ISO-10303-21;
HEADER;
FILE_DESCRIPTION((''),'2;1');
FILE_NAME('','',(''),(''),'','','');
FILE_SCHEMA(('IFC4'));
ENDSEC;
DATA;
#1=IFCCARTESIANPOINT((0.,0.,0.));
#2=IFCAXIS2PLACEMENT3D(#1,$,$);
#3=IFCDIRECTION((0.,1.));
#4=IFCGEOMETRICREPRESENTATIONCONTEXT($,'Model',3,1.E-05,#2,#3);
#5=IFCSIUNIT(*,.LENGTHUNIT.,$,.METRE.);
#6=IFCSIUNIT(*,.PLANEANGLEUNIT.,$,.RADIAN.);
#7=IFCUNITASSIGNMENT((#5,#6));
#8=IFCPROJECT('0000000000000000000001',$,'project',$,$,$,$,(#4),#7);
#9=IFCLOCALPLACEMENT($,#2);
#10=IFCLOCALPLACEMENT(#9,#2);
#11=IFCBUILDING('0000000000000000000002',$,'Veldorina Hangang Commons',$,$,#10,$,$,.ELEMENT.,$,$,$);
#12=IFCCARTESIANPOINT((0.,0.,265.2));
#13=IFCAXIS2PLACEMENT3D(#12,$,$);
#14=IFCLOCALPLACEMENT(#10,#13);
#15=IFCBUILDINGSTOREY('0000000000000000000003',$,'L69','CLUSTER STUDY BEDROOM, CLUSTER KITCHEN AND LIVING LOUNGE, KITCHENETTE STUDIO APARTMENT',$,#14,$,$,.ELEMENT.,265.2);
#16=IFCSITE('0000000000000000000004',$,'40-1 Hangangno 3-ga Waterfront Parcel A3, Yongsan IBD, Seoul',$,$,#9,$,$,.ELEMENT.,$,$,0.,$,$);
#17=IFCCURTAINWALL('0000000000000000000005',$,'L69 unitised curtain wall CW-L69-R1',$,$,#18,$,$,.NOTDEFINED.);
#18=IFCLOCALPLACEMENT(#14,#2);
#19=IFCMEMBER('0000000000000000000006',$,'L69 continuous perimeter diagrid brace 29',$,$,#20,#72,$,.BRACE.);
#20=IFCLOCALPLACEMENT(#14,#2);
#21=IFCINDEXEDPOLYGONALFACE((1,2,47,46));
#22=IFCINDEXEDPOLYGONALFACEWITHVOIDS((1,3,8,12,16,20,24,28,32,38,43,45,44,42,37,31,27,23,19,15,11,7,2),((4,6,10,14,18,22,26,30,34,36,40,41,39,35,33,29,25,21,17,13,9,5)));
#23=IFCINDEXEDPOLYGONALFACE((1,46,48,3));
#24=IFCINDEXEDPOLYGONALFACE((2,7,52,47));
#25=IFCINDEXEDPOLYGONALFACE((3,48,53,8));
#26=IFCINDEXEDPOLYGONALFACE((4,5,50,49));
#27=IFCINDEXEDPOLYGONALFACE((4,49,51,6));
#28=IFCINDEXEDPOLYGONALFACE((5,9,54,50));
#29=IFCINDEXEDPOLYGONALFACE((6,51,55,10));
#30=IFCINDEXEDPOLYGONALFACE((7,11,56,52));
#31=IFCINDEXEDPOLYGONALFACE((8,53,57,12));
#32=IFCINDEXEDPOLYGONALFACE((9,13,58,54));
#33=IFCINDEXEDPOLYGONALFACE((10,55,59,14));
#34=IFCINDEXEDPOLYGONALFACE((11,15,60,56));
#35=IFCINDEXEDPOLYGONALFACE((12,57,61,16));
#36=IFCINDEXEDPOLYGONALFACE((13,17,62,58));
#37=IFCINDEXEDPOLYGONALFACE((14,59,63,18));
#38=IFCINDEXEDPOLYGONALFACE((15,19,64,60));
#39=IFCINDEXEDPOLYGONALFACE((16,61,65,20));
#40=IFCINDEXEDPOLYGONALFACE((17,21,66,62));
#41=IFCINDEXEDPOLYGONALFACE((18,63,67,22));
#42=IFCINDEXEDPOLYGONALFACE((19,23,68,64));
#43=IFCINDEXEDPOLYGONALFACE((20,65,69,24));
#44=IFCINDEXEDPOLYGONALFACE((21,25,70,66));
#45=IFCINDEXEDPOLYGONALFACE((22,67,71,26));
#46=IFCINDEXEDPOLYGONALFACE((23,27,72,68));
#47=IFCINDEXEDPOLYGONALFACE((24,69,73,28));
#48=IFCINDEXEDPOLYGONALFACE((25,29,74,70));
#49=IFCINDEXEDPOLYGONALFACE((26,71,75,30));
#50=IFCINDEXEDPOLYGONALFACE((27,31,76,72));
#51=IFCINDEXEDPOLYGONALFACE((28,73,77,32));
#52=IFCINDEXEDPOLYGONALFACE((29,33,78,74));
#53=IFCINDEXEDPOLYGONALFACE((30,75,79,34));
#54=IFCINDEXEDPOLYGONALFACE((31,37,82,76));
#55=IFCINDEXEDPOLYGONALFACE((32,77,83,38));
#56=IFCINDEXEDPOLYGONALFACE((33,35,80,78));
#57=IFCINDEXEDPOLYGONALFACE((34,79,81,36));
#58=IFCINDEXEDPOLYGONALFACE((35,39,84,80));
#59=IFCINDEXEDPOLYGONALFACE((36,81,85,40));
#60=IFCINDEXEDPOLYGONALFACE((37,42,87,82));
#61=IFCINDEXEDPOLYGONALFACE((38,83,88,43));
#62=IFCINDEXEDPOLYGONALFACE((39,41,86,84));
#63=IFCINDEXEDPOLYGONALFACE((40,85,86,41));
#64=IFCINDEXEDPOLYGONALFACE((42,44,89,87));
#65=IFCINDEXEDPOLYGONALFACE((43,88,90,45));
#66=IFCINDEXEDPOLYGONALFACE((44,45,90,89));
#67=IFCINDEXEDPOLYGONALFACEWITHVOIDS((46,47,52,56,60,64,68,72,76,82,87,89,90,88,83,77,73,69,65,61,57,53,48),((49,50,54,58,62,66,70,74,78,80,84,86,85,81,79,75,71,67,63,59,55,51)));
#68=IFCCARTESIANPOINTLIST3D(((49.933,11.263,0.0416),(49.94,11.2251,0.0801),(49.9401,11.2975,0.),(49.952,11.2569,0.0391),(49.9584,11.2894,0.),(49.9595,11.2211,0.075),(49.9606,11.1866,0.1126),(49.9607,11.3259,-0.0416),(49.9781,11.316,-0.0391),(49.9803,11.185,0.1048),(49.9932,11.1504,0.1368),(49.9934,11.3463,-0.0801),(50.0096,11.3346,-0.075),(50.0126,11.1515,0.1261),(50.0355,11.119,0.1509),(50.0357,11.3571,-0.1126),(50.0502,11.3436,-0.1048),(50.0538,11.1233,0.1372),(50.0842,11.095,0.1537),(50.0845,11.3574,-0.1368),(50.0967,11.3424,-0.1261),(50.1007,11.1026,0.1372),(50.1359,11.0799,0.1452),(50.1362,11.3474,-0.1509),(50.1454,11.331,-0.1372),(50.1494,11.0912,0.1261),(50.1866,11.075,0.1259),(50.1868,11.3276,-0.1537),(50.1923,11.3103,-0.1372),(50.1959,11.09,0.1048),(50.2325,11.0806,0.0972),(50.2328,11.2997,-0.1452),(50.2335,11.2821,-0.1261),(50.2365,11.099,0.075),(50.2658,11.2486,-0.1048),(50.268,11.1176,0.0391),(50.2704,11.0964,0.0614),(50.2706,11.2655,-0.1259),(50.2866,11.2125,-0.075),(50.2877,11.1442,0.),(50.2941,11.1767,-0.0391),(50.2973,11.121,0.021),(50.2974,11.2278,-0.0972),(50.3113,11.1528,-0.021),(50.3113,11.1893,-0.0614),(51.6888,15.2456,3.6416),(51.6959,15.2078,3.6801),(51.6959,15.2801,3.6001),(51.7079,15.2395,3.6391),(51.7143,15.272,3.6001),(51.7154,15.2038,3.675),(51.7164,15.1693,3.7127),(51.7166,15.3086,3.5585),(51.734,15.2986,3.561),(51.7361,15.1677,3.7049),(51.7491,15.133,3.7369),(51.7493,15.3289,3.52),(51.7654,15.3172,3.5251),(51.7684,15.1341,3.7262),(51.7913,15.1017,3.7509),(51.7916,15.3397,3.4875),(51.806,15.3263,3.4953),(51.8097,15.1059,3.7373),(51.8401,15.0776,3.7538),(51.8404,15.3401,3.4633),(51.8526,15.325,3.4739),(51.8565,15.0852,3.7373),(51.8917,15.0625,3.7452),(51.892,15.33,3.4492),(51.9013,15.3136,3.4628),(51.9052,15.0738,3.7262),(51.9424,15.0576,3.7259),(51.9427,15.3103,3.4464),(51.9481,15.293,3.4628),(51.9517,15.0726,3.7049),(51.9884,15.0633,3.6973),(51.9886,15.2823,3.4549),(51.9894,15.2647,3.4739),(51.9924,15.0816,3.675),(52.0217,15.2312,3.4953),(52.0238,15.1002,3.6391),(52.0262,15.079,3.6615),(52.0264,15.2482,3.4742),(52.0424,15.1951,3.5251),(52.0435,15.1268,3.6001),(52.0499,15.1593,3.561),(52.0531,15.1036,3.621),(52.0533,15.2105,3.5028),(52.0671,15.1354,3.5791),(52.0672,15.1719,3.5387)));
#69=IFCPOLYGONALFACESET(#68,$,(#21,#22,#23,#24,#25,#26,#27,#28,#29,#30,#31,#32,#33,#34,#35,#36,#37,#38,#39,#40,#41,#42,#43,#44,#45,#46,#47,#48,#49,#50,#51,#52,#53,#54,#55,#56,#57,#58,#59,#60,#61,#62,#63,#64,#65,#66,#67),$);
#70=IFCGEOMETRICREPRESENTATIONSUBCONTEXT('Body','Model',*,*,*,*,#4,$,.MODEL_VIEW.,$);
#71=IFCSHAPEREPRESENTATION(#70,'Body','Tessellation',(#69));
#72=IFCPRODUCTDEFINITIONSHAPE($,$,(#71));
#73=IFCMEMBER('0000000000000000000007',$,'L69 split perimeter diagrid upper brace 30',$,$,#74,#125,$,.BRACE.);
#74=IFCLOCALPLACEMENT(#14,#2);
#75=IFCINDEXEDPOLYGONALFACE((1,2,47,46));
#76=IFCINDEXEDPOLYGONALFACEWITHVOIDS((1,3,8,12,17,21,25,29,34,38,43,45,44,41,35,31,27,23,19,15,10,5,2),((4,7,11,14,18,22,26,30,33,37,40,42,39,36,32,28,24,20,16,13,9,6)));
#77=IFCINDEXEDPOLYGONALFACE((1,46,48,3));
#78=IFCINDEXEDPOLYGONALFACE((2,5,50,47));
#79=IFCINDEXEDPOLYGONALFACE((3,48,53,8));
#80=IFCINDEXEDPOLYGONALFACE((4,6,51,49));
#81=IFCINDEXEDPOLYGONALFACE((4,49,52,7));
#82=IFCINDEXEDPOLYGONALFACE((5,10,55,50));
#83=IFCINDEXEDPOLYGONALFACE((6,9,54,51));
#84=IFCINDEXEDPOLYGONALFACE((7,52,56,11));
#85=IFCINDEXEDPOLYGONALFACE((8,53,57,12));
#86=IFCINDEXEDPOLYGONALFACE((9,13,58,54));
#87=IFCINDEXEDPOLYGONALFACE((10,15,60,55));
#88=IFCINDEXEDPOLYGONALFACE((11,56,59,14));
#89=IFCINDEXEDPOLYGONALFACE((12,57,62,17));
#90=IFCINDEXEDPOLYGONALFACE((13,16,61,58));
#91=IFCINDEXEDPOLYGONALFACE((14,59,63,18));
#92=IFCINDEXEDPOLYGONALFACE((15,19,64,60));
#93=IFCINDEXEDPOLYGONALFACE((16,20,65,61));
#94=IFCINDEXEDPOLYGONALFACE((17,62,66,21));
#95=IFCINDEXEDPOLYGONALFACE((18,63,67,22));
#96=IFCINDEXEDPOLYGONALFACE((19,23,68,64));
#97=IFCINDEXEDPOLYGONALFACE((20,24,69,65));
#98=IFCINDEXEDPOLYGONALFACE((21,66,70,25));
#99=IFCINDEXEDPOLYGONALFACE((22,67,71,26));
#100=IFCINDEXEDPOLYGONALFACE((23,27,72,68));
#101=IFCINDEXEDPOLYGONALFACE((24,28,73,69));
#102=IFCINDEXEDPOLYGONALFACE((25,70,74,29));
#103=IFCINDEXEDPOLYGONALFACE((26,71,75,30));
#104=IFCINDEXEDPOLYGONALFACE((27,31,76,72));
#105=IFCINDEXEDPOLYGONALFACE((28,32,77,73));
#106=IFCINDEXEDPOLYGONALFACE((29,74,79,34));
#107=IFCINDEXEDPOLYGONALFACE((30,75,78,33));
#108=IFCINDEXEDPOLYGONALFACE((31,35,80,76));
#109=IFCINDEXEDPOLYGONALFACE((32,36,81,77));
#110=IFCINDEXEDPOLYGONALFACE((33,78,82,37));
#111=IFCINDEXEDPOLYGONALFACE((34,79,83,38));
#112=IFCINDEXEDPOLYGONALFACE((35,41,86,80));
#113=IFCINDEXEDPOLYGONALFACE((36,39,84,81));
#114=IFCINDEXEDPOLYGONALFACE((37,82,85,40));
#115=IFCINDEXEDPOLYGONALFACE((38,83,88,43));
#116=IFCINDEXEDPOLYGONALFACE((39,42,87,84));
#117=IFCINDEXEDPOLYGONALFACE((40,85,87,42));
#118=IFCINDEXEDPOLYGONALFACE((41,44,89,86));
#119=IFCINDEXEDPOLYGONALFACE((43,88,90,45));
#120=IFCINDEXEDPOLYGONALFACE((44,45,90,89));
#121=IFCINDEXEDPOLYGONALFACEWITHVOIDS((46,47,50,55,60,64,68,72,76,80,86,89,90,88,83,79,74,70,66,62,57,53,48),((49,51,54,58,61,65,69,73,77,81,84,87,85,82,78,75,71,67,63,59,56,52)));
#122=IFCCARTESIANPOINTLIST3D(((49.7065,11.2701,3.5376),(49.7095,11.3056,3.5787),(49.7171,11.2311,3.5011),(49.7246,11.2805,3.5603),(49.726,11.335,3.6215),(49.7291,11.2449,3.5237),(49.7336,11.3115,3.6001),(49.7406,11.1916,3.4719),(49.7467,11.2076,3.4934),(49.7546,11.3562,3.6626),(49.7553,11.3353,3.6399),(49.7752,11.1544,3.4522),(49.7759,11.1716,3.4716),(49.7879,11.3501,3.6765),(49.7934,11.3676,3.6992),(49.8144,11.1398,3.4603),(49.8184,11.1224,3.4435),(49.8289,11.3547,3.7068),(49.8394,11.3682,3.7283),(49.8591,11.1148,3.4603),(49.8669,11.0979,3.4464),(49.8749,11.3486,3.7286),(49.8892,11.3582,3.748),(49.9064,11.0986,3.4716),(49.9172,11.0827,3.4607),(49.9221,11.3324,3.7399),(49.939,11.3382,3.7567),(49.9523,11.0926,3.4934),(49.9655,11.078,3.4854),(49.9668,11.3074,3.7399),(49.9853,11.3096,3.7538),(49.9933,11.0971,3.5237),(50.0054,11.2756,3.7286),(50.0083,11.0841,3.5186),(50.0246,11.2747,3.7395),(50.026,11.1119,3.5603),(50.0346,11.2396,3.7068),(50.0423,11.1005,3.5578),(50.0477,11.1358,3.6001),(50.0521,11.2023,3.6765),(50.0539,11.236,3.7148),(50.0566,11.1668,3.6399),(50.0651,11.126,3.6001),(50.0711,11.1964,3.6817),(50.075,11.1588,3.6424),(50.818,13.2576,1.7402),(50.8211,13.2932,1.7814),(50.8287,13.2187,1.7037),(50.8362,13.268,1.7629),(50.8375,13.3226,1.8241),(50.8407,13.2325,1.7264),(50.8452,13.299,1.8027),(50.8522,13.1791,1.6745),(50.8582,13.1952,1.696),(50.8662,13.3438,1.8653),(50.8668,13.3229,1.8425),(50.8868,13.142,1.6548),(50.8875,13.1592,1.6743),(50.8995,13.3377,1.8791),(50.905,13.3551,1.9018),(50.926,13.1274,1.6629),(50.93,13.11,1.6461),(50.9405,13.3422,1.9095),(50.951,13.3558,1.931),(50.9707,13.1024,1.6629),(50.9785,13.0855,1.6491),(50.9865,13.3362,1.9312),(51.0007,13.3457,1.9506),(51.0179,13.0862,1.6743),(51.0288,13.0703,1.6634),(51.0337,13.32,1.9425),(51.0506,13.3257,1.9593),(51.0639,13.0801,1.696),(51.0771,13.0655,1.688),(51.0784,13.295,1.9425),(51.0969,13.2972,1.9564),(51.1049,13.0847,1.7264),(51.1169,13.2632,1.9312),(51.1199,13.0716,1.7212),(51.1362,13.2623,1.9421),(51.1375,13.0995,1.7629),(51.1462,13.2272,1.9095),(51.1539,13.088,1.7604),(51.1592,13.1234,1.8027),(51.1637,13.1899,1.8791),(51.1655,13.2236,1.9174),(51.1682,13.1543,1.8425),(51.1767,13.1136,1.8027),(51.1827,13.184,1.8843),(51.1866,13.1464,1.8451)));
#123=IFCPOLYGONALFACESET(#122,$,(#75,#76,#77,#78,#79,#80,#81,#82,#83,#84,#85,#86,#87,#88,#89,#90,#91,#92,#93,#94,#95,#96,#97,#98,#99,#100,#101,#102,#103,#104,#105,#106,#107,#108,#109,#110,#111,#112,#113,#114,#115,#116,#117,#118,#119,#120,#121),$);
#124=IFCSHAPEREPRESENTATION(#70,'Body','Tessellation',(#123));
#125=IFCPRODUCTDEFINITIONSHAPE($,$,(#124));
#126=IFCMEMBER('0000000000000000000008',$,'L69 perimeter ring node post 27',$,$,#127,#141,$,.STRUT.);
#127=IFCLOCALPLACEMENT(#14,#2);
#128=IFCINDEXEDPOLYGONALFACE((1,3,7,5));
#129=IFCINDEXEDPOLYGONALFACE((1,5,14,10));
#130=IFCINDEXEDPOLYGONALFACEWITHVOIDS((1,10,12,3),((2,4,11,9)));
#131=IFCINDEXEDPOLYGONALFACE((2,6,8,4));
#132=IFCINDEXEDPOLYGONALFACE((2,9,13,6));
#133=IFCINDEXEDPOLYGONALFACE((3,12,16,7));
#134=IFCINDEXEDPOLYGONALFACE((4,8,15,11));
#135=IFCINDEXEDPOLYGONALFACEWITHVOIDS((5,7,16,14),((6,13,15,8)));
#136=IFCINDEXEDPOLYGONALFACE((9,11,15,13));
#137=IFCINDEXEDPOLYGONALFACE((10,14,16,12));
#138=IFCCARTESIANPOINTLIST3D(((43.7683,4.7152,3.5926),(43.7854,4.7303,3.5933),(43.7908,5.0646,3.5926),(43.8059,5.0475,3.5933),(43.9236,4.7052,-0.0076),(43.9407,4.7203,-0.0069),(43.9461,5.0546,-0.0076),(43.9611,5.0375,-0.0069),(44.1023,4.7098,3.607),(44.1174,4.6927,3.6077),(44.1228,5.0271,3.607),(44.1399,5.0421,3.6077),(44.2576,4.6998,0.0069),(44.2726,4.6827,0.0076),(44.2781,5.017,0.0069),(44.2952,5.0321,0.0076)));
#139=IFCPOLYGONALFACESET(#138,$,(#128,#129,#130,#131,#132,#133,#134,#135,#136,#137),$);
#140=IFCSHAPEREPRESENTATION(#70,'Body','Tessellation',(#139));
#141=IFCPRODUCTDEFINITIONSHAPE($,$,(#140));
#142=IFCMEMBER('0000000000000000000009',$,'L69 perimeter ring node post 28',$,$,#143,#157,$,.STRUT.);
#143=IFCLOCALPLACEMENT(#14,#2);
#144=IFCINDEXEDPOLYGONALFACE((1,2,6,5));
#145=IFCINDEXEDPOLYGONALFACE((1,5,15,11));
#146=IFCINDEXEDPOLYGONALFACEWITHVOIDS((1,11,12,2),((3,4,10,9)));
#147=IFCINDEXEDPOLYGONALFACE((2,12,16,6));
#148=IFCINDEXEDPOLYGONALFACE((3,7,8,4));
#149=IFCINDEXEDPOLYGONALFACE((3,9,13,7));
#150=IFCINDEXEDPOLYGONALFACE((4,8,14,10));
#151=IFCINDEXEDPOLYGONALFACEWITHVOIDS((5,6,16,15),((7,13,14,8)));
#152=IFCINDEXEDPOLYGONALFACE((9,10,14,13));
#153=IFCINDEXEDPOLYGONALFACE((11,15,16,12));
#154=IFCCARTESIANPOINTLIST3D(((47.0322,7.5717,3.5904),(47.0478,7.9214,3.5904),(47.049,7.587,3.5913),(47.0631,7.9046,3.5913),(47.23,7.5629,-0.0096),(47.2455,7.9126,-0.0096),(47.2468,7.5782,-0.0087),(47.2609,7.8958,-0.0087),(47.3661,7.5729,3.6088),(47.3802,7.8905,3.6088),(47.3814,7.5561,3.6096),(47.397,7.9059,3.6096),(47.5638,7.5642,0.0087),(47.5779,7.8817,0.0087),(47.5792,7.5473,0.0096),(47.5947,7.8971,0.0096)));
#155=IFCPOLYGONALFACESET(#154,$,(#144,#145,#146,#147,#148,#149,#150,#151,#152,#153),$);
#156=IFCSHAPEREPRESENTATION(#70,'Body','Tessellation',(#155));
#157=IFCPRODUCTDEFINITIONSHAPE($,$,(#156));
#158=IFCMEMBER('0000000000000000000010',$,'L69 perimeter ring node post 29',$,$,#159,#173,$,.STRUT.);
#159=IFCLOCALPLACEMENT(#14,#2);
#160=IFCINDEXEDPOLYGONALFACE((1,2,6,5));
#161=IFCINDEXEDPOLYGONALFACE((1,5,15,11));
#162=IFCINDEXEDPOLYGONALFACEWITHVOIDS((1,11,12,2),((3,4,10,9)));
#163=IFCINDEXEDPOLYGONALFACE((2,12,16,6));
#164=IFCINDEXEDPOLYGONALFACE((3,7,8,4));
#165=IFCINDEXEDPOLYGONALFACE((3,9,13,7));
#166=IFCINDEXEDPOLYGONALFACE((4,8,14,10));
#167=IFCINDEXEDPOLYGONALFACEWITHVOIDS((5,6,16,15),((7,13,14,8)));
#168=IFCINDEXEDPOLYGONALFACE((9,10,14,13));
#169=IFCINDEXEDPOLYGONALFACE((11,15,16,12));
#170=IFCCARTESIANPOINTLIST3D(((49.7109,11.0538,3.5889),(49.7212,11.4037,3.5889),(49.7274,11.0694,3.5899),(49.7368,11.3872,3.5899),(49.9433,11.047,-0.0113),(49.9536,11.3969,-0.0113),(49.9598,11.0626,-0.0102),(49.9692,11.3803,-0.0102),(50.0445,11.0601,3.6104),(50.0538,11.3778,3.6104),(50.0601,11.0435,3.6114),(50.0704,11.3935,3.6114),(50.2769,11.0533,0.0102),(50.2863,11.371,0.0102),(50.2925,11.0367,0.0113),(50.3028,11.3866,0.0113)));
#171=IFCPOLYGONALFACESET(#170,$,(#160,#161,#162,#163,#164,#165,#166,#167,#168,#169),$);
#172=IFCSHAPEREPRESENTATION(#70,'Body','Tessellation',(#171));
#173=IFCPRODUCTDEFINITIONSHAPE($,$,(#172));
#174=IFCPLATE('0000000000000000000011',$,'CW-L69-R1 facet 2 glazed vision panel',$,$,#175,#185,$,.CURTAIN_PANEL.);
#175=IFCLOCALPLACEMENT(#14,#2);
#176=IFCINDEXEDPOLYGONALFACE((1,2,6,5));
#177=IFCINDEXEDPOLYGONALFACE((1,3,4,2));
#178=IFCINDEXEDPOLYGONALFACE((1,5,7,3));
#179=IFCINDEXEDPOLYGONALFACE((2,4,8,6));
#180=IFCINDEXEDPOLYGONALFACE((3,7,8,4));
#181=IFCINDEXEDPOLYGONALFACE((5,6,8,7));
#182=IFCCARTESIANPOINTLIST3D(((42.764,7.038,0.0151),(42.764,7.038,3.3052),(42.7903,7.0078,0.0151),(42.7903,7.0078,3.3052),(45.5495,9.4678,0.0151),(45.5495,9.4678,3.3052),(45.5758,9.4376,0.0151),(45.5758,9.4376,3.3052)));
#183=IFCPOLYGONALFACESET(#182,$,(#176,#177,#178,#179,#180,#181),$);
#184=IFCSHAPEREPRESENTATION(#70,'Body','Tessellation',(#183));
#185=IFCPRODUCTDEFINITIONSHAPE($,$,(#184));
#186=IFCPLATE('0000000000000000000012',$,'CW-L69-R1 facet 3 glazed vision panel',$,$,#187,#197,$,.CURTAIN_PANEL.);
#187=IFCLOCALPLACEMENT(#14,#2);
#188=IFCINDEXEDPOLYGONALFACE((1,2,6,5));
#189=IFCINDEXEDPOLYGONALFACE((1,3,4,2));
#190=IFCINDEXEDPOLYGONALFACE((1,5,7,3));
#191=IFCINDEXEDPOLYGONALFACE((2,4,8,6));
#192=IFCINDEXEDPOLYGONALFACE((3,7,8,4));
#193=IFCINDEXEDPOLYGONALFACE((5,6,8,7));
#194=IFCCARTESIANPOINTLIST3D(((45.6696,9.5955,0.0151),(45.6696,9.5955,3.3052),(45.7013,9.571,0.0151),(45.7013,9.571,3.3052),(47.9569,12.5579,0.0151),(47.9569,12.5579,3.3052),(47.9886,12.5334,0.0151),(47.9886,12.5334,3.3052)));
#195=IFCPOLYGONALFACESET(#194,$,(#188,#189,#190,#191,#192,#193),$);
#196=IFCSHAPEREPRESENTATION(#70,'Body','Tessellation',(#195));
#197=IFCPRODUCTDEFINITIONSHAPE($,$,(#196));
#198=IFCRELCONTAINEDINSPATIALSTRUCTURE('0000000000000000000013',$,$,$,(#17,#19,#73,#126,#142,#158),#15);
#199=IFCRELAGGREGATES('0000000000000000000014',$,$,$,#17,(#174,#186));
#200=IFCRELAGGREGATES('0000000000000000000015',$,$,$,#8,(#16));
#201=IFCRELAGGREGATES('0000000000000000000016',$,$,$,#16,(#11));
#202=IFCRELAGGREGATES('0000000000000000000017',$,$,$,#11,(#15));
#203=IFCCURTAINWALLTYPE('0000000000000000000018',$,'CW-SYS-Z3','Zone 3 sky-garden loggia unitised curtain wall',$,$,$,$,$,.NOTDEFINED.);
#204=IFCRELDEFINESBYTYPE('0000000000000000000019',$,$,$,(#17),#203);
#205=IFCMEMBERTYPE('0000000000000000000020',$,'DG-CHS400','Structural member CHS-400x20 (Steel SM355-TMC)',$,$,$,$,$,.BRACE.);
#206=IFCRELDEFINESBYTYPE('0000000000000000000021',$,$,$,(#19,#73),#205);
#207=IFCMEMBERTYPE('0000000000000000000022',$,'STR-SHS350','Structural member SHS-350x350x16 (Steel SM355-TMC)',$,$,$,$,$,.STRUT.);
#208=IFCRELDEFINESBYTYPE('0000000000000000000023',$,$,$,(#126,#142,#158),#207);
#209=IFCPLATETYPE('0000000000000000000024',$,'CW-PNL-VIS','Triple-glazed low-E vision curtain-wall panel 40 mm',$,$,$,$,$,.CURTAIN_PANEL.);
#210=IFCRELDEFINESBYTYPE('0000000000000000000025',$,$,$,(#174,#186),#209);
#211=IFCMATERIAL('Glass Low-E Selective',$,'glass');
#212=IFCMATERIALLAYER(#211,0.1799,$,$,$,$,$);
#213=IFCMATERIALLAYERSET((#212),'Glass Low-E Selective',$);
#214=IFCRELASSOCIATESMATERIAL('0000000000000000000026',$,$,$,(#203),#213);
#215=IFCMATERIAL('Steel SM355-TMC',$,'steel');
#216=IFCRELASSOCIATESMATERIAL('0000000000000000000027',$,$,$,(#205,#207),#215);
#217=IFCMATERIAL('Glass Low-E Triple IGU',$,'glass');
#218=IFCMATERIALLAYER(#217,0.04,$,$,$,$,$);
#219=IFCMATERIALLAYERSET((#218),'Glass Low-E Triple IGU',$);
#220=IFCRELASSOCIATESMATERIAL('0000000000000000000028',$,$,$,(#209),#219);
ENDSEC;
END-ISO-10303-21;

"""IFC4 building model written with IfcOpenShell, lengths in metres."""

from ifc_helpers import new_model, si_unit, direction, frame, origin, origin_2d, place, context, subcontext, project, spatial, rectangle, hollow_rectangle, hollow_circle, extrude, material, layer, layer_set, material_profile, profile_set, type_object, element, aggregate, save


model = new_model("IFC4")

# Units and contexts
model_context = context("Model", 3, precision=1e-05, world=origin(), true_north=direction((0.0, 1.0)))
body_context = subcontext(model_context, "Body", "Model", "MODEL_VIEW")
ifc_project = project(units=[si_unit("LENGTHUNIT", "METRE"), si_unit("PLANEANGLEUNIT", "RADIAN")], contexts=[model_context])

# Site, building, storey
site_placement = place(None, origin())
site = spatial("IfcSite", under=ifc_project, at=site_placement, Name="40-1 Hangangno 3-ga Waterfront Parcel A3, Yongsan IBD, Seoul", CompositionType="ELEMENT", RefElevation=0.0)
building_placement = place(site_placement, origin())
building = spatial("IfcBuilding", under=site, at=building_placement, Name="Veldorina Hangang Commons", CompositionType="ELEMENT")
storey_placement = place(building_placement, frame((0.0, 0.0, 265.2)))
storey = spatial("IfcBuildingStorey", under=building, at=storey_placement, Name="L69", Description="CLUSTER STUDY BEDROOM, CLUSTER KITCHEN AND LIVING LOUNGE, KITCHENETTE STUDIO APARTMENT", CompositionType="ELEMENT", Elevation=265.2)

# Shared definitions
ifc_material_1 = material(Name="Steel SM355-TMC", Category="steel")

# Curtain wall
ifc_material_2 = material(Name="Glass Low-E Selective", Category="glass")
ifc_layer_1 = layer(ifc_material_2, 0.1799)
ifc_layer_set_1 = layer_set([ifc_layer_1], Name="Glass Low-E Selective")
curtain_wall_type = type_object("IfcCurtainWallType", Name="CW-SYS-Z3", Description="Zone 3 sky-garden loggia unitised curtain wall", PredefinedType="NOTDEFINED", material=ifc_layer_set_1)
curtain_wall_placement = place(storey_placement, origin())
curtain_wall = element("IfcCurtainWall", 1, at=curtain_wall_placement, inside=storey, type_object=curtain_wall_type, Name="L69 unitised curtain wall CW-L69-R1", PredefinedType="NOTDEFINED")

# Members
ifc_material_profile_1 = material_profile(ifc_material_1, hollow_circle(Radius=0.2, WallThickness=0.02, at=origin_2d()), Name="CHS-400x20")
ifc_profile_set_1 = profile_set([ifc_material_profile_1], Name="Steel SM355-TMC")
member_type_1 = type_object("IfcMemberType", Name="DG-CHS400", Description="Structural member CHS-400x20 (Steel SM355-TMC)", PredefinedType="BRACE", material=ifc_profile_set_1)
member_1_placement = place(storey_placement, frame((50.123, 11.2168, 0.0), z_axis=(0.310855, 0.705086, 0.637356), x_axis=(-0.91502, 0.40341, 0.0)))
element("IfcMember", 2, at=member_1_placement, inside=storey, type_object=member_type_1, Name="L69 continuous perimeter diagrid brace 29", PredefinedType="BRACE", context=body_context, shape_type="SweptSolid", body=[
    extrude(hollow_circle(Radius=0.2, WallThickness=0.02, at=origin_2d()), origin(), (0.0, 0.0, 1.0), 5.6484),
])
member_2_placement = place(storey_placement, frame((51.0022, 13.2112, 1.8027), z_axis=(-0.383154, -0.685099, 0.619543), x_axis=(0.872778, -0.488117, 0.0)))
element("IfcMember", 3, at=member_2_placement, inside=storey, type_object=member_type_1, Name="L69 split perimeter diagrid upper brace 30", PredefinedType="BRACE", context=body_context, shape_type="SweptSolid", body=[
    extrude(hollow_circle(Radius=0.2, WallThickness=0.02, at=origin_2d()), origin(), (0.0, 0.0, 1.0), 2.9011),
])
ifc_material_profile_2 = material_profile(ifc_material_1, hollow_rectangle(XDim=0.3501, YDim=0.3501, WallThickness=0.0161, at=origin_2d()), Name="SHS-350x350x16")
ifc_profile_set_2 = profile_set([ifc_material_profile_2], Name="Steel SM355-TMC")
member_type_2 = type_object("IfcMemberType", Name="STR-SHS350", Description="Structural member SHS-350x350x16 (Steel SM355-TMC)", PredefinedType="STRUT", material=ifc_profile_set_2)
member_3_placement = place(storey_placement, frame((44.1094, 4.8687, 0.0), z_axis=(-0.04309, 0.002778, 0.999067), x_axis=(-0.064332, -0.997929, 0.0)))
element("IfcMember", 4, at=member_3_placement, inside=storey, type_object=member_type_2, Name="L69 perimeter ring node post 27", PredefinedType="STRUT", context=body_context, shape_type="SweptSolid", body=[
    extrude(hollow_rectangle(XDim=0.3501, YDim=0.3501, WallThickness=0.0161, at=origin_2d()), origin(), (0.0, 0.0, 1.0), 3.6035),
])
member_4_placement = place(storey_placement, frame((47.4124, 7.73, 0.0), z_axis=(-0.054847, 0.002438, 0.998492), x_axis=(-0.044401, -0.999014, 0.0)))
element("IfcMember", 5, at=member_4_placement, inside=storey, type_object=member_type_2, Name="L69 perimeter ring node post 28", PredefinedType="STRUT", context=body_context, shape_type="SweptSolid", body=[
    extrude(hollow_rectangle(XDim=0.3501, YDim=0.3501, WallThickness=0.0161, at=origin_2d()), origin(), (0.0, 0.0, 1.0), 3.6055),
])
member_5_placement = place(storey_placement, frame((50.123, 11.2168, 0.0), z_axis=(-0.064426, 0.001895, 0.997921), x_axis=(-0.029399, -0.999568, 0.0)))
element("IfcMember", 6, at=member_5_placement, inside=storey, type_object=member_type_2, Name="L69 perimeter ring node post 29", PredefinedType="STRUT", context=body_context, shape_type="SweptSolid", body=[
    extrude(hollow_rectangle(XDim=0.3501, YDim=0.3501, WallThickness=0.0161, at=origin_2d()), origin(), (0.0, 0.0, 1.0), 3.6077),
])

# Plates
ifc_material_3 = material(Name="Glass Low-E Triple IGU", Category="glass")
ifc_layer_2 = layer(ifc_material_3, 0.04)
ifc_layer_set_2 = layer_set([ifc_layer_2], Name="Glass Low-E Triple IGU")
plate_type_1 = type_object("IfcPlateType", Name="CW-PNL-VIS", Description="Triple-glazed low-E vision curtain-wall panel 40 mm", PredefinedType="CURTAIN_PANEL", material=ifc_layer_set_2)
plate_1_placement = place(storey_placement, frame((44.1699, 8.2378, 0.0151), z_axis=(0.0, 0.0, 1.0), x_axis=(0.753586, 0.657349, 0.0)))
plate_1 = element("IfcPlate", 7, at=plate_1_placement, type_object=plate_type_1, Name="CW-L69-R1 facet 2 glazed vision panel", PredefinedType="CURTAIN_PANEL", context=body_context, shape_type="SweptSolid", body=[
    extrude(rectangle(XDim=3.6963, YDim=0.04, at=origin_2d()), origin(), (0.0, 0.0, 1.0), 3.29),
])
plate_2_placement = place(storey_placement, frame((46.8291, 11.0645, 0.0151), z_axis=(0.0, 0.0, 1.0), x_axis=(0.611126, 0.791533, 0.0)))
plate_2 = element("IfcPlate", 8, at=plate_2_placement, type_object=plate_type_1, Name="CW-L69-R1 facet 3 glazed vision panel", PredefinedType="CURTAIN_PANEL", context=body_context, shape_type="SweptSolid", body=[
    extrude(rectangle(XDim=3.7427, YDim=0.04, at=origin_2d()), origin(), (0.0, 0.0, 1.0), 3.29),
])
aggregate(curtain_wall, [plate_1, plate_2])

save(model, "model.ifc")
